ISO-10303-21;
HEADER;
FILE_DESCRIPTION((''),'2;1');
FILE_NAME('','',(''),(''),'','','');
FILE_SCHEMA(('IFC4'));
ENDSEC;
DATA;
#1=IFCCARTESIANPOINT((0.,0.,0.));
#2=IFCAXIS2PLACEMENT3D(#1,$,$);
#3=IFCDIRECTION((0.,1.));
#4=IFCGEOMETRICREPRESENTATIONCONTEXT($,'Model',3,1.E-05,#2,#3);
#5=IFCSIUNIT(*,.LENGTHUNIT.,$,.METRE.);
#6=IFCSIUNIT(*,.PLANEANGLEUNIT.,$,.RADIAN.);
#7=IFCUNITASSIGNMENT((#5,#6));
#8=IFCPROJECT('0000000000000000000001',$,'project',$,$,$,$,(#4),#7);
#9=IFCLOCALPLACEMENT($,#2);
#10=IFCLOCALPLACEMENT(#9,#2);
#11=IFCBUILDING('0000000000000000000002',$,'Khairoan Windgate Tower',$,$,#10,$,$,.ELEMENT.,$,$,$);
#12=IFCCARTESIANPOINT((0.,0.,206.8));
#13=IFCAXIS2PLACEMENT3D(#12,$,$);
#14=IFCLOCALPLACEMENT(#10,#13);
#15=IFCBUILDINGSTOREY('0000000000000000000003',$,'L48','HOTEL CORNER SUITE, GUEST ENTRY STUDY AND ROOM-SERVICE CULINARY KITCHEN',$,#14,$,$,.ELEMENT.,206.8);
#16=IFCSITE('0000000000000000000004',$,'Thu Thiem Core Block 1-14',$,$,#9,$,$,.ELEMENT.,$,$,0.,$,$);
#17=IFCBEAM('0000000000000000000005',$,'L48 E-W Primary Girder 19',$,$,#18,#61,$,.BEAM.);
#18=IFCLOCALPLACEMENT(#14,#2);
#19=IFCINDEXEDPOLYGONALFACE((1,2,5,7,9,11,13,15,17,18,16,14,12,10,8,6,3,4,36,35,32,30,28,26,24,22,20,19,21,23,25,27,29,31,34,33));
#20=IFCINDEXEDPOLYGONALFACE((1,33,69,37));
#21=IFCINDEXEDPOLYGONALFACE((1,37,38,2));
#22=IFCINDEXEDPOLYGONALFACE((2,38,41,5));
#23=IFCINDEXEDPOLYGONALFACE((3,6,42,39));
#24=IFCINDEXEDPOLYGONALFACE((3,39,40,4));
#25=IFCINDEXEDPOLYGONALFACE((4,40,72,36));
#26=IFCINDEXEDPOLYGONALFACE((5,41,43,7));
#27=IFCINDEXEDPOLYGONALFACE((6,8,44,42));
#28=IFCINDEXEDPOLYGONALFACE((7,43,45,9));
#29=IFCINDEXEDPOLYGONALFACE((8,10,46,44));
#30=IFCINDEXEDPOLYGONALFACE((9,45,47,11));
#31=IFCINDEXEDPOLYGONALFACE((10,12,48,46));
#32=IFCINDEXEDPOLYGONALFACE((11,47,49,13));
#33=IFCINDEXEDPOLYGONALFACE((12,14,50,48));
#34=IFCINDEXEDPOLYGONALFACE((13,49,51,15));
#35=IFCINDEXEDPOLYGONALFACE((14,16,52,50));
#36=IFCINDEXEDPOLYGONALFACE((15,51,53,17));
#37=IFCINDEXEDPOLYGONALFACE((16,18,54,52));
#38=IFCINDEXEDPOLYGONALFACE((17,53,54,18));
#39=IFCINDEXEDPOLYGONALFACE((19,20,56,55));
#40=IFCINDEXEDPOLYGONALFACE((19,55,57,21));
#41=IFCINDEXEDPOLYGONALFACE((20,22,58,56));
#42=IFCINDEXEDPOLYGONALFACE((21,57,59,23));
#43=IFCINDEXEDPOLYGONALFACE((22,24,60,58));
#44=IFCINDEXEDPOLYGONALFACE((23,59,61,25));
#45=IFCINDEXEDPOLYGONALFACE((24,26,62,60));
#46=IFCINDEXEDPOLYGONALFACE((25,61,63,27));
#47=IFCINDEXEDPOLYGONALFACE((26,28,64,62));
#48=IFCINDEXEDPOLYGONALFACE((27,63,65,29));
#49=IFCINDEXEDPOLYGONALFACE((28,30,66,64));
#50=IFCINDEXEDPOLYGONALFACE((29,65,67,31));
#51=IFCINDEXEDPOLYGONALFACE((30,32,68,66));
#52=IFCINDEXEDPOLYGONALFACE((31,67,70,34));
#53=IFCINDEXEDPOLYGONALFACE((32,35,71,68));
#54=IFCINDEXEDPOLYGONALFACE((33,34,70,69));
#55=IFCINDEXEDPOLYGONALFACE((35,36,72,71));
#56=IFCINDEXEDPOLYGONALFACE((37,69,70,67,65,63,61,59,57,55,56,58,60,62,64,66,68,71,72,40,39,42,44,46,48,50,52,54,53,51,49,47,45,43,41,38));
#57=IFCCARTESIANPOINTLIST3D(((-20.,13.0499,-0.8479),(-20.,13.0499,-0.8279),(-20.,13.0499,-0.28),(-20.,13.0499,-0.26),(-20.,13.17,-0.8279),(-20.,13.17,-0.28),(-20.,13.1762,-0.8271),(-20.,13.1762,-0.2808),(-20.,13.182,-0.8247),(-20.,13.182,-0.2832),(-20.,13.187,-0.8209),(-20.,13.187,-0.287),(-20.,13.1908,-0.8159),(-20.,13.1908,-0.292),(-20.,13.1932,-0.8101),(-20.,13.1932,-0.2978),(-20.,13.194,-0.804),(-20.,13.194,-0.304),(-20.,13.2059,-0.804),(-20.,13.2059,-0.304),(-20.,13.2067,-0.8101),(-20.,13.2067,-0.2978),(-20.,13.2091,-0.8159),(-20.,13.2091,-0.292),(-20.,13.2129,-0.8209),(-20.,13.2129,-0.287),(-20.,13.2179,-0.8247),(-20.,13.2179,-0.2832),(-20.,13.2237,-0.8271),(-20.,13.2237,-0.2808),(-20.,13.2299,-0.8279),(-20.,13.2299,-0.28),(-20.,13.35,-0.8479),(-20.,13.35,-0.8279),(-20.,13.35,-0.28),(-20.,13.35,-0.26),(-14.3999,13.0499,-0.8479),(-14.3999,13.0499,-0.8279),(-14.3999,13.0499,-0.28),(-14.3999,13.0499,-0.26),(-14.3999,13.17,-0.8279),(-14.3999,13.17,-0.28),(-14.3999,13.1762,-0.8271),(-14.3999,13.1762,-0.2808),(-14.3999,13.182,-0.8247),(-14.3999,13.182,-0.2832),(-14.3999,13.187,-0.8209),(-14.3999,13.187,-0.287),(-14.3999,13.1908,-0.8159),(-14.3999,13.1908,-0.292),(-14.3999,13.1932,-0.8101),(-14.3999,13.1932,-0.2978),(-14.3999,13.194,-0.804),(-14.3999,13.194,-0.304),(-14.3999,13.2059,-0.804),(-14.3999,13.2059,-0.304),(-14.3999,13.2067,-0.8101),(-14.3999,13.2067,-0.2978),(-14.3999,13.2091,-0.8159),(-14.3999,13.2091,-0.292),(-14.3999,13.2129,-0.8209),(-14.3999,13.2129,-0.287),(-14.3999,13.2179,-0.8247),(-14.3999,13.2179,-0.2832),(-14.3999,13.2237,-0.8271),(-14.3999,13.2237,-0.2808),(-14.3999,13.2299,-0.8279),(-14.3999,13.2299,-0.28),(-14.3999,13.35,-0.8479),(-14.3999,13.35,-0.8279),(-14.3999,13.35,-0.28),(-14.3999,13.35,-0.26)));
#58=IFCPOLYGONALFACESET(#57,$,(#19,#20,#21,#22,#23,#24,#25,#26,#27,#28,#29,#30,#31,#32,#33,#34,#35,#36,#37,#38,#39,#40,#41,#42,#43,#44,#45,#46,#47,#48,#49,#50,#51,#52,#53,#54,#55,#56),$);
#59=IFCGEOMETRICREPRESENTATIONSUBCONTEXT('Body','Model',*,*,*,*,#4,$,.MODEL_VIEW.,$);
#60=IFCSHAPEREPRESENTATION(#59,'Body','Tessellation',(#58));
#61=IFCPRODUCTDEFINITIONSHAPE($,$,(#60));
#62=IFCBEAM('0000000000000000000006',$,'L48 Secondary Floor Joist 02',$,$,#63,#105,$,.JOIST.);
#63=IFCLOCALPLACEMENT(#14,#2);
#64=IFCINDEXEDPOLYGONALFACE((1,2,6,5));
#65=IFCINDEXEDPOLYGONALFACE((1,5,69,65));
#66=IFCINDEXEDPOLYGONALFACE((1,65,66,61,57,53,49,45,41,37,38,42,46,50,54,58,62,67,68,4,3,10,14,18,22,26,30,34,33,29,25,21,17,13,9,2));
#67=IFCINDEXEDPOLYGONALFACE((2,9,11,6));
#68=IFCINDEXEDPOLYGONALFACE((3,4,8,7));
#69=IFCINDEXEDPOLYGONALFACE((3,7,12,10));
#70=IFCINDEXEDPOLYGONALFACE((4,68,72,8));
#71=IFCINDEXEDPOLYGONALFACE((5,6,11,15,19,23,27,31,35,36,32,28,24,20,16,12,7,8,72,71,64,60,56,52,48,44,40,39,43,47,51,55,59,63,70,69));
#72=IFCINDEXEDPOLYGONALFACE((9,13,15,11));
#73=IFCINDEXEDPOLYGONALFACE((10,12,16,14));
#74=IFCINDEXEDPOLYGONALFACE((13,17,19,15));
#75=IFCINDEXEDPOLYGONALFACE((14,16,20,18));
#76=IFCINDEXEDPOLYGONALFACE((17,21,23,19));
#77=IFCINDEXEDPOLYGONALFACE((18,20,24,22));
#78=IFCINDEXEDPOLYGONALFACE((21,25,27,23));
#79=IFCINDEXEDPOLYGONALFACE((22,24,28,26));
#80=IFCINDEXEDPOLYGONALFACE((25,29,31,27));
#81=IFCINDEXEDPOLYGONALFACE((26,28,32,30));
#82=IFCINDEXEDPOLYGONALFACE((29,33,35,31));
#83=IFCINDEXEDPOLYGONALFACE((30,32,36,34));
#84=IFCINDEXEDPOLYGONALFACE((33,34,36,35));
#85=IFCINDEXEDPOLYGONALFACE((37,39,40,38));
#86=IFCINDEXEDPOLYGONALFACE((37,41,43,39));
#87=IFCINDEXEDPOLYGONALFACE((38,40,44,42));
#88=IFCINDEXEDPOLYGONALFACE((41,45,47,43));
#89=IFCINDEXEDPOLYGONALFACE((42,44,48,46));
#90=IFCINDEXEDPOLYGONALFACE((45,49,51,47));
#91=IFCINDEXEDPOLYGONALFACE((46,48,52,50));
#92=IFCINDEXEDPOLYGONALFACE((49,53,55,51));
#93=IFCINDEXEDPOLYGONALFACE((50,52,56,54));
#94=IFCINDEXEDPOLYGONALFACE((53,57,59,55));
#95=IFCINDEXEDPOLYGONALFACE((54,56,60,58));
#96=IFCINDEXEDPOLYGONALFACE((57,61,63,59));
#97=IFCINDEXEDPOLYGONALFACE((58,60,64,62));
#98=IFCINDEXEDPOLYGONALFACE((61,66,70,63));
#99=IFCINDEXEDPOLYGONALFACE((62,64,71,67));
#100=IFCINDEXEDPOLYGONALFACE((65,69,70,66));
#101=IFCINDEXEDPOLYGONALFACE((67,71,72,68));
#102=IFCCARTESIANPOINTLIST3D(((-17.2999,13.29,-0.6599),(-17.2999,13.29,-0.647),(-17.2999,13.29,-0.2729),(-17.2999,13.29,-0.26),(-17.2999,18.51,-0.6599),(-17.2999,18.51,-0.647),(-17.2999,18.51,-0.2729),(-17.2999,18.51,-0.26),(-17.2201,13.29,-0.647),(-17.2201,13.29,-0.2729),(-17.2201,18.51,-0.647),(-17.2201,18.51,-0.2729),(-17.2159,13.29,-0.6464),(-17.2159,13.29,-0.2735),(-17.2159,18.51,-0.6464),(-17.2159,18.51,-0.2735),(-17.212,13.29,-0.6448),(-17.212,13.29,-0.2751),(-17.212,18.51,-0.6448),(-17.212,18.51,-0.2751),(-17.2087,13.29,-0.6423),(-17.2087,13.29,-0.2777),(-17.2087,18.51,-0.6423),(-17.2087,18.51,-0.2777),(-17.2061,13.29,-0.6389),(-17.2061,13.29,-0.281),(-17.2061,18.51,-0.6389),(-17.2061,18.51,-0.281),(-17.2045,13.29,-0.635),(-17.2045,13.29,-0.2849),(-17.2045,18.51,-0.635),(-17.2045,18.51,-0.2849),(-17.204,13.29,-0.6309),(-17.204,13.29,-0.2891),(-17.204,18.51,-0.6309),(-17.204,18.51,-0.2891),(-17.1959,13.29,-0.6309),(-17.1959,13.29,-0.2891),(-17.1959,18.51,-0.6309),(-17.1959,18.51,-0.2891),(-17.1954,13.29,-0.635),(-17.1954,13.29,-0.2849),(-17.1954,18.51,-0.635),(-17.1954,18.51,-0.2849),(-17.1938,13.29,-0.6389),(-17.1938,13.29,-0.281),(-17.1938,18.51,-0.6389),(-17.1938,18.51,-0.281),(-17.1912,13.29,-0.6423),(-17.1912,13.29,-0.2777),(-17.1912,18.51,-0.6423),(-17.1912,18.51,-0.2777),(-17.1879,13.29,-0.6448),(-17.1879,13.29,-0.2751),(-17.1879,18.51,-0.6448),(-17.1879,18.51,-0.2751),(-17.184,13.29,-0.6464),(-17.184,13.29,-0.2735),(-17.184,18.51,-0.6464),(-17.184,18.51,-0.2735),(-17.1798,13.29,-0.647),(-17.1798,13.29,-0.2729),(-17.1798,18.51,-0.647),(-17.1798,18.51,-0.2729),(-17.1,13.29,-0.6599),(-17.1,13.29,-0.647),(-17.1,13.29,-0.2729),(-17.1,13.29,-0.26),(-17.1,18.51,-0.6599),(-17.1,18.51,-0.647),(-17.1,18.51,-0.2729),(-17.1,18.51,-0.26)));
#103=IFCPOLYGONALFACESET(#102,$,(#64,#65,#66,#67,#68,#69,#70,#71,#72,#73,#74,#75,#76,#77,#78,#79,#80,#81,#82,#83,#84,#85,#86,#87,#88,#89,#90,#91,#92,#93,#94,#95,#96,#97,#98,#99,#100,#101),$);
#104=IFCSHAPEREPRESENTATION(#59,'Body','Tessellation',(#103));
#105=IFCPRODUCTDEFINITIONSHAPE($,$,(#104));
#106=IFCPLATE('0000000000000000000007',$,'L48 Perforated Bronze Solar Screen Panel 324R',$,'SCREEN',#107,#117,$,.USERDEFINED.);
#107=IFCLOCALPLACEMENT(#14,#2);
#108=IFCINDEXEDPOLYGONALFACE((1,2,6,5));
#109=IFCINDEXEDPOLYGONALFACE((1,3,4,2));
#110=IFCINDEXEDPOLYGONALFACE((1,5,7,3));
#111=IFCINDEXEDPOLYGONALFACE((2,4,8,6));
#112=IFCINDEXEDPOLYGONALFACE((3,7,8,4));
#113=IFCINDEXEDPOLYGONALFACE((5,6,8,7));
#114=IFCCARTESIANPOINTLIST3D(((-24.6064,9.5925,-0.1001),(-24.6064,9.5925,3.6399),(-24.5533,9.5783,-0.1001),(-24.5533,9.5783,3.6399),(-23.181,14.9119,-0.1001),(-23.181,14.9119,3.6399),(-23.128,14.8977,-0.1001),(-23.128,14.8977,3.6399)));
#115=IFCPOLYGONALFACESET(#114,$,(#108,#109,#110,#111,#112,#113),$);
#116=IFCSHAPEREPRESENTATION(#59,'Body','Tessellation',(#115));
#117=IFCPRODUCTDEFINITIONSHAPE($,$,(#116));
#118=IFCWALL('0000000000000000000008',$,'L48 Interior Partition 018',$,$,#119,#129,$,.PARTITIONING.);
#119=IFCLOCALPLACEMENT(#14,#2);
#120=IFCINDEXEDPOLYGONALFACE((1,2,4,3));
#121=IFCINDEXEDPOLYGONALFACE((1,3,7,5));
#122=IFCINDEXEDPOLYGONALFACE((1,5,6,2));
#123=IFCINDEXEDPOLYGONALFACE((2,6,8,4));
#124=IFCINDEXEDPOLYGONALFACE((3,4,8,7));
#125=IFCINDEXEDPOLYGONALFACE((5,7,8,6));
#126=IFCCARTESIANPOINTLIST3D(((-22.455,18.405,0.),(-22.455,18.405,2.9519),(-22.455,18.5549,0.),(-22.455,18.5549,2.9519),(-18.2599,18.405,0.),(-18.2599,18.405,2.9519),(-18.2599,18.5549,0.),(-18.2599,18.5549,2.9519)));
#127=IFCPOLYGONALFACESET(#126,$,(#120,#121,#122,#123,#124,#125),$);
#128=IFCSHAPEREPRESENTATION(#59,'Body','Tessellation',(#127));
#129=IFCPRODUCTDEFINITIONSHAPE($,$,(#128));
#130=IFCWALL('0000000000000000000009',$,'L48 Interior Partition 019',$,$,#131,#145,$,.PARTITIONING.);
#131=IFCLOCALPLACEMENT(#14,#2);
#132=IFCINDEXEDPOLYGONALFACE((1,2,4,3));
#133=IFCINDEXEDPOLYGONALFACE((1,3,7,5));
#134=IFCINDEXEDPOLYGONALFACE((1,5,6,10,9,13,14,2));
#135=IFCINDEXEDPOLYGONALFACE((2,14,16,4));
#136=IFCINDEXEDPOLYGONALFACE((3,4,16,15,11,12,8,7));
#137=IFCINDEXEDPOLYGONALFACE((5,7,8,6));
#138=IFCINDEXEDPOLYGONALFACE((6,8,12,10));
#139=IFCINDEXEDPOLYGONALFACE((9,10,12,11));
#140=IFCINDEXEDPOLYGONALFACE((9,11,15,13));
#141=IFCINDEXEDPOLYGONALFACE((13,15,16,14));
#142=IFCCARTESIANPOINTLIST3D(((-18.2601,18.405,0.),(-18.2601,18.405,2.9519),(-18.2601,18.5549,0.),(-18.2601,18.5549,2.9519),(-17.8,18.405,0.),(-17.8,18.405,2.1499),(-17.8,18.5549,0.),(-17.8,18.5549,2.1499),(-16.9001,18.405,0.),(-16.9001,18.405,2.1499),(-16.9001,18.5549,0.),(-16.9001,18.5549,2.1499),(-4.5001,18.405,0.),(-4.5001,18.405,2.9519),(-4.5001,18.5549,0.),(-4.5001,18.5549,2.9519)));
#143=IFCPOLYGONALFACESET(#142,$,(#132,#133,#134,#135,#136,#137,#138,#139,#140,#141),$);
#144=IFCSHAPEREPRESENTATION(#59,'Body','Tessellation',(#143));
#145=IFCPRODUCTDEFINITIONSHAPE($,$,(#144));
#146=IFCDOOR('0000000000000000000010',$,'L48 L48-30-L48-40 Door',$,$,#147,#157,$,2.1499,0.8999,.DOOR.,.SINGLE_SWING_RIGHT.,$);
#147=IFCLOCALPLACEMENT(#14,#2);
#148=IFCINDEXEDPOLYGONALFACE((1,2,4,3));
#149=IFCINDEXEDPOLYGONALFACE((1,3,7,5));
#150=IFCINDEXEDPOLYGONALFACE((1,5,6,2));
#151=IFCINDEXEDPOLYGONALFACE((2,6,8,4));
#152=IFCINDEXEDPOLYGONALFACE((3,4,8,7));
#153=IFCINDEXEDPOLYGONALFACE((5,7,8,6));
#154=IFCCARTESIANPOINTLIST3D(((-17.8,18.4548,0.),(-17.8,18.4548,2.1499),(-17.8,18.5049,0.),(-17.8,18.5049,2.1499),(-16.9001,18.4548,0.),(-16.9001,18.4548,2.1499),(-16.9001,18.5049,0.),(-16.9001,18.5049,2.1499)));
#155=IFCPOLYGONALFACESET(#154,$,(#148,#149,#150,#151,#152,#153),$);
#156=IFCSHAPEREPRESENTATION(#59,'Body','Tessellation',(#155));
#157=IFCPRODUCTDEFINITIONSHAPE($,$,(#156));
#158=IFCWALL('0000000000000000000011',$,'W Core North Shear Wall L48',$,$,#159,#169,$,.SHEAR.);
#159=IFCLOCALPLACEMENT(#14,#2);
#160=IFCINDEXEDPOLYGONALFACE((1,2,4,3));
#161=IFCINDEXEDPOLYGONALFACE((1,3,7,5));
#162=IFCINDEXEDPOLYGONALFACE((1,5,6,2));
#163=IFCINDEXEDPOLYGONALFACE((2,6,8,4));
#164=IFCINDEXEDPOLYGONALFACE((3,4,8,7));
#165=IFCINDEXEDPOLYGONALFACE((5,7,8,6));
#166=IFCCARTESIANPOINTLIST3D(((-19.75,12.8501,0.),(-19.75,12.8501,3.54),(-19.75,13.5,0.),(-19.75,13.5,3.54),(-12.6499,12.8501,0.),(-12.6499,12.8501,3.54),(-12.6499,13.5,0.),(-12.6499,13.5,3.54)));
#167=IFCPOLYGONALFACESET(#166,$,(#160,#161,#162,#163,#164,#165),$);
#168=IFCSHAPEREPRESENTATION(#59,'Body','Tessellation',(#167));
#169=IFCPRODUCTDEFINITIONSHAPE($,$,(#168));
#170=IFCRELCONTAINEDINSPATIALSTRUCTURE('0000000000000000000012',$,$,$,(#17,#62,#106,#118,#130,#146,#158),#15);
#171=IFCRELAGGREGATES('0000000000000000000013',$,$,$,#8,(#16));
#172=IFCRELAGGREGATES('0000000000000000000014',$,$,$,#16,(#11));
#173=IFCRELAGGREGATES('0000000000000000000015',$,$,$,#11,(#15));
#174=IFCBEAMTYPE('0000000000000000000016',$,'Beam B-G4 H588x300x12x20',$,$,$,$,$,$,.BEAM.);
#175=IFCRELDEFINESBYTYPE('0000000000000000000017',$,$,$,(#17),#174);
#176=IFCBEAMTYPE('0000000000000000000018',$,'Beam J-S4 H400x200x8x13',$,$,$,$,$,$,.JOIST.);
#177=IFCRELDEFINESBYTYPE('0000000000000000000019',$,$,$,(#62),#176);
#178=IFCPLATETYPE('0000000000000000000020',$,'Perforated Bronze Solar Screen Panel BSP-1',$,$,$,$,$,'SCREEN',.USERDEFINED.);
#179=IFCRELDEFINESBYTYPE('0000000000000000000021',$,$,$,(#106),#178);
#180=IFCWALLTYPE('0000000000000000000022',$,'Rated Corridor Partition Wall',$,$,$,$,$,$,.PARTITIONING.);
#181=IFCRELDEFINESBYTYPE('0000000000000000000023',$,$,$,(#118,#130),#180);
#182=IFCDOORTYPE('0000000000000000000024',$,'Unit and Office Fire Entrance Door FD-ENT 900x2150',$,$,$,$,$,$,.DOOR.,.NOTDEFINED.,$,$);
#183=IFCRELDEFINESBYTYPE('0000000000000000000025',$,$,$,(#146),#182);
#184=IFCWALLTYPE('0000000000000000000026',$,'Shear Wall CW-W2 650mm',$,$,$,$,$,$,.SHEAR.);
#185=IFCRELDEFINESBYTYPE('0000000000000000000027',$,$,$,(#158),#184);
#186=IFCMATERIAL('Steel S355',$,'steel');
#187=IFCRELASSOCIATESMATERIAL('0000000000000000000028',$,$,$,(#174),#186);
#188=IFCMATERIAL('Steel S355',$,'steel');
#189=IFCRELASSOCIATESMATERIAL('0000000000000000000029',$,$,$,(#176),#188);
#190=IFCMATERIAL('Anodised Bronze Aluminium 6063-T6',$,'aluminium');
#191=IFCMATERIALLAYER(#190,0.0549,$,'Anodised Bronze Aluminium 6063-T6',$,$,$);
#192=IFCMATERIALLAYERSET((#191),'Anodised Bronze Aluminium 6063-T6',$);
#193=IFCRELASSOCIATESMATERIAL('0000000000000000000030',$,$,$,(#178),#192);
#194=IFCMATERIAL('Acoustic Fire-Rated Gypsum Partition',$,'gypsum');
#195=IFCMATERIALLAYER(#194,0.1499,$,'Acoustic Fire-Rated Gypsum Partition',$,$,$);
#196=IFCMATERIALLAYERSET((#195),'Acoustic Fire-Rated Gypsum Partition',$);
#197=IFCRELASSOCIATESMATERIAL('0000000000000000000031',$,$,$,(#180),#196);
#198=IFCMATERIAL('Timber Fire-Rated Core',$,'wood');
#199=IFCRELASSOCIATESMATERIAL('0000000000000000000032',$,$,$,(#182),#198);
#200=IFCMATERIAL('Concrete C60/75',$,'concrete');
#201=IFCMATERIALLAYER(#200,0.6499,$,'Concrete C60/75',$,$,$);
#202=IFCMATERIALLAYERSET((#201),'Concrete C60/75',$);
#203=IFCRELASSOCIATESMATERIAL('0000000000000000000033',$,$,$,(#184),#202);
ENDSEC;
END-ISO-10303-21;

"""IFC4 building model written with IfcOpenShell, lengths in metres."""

from ifc_helpers import new_model, si_unit, direction, frame, frame_2d, origin, origin_2d, place, context, subcontext, project, spatial, rectangle, i_section, extrude, material, layer, layer_set, material_profile, profile_set, type_object, element, fill, save


model = new_model("IFC4")

# Units and contexts
model_context = context("Model", 3, precision=1e-05, world=origin(), true_north=direction((0.0, 1.0)))
body_context = subcontext(model_context, "Body", "Model", "MODEL_VIEW")
ifc_project = project(units=[si_unit("LENGTHUNIT", "METRE"), si_unit("PLANEANGLEUNIT", "RADIAN")], contexts=[model_context])

# Site, building, storey
site_placement = place(None, origin())
site = spatial("IfcSite", under=ifc_project, at=site_placement, Name="Thu Thiem Core Block 1-14", CompositionType="ELEMENT", RefElevation=0.0)
building_placement = place(site_placement, origin())
building = spatial("IfcBuilding", under=site, at=building_placement, Name="Khairoan Windgate Tower", CompositionType="ELEMENT")
storey_placement = place(building_placement, frame((0.0, 0.0, 206.8)))
storey = spatial("IfcBuildingStorey", under=building, at=storey_placement, Name="L48", Description="HOTEL CORNER SUITE, GUEST ENTRY STUDY AND ROOM-SERVICE CULINARY KITCHEN", CompositionType="ELEMENT", Elevation=206.8)

# Beams
ifc_material_1 = material(Name="Steel S355", Category="steel")
ifc_material_profile_1 = material_profile(ifc_material_1, i_section(OverallWidth=0.3, OverallDepth=0.5879, WebThickness=0.012, FlangeThickness=0.02, FilletRadius=0.0239, at=origin_2d()))
ifc_profile_set_1 = profile_set([ifc_material_profile_1], Name="Steel S355")
beam_type_1 = type_object("IfcBeamType", Name="Beam B-G4 H588x300x12x20", PredefinedType="BEAM", material=ifc_profile_set_1)
beam_1_placement = place(storey_placement, frame((-20.0, 13.2, -0.554), z_axis=(1.0, 0.0, 0.0), x_axis=(0.0, 1.0, 0.0)))
element("IfcBeam", 1, at=beam_1_placement, inside=storey, type_object=beam_type_1, Name="L48 E-W Primary Girder 19", PredefinedType="BEAM", context=body_context, shape_type="SweptSolid", body=[
    extrude(i_section(OverallWidth=0.3, OverallDepth=0.5879, WebThickness=0.012, FlangeThickness=0.02, FilletRadius=0.0239, at=origin_2d()), origin(), (0.0, 0.0, 1.0), 5.6001),
])
ifc_material_2 = material(Name="Steel S355", Category="steel")
ifc_material_profile_2 = material_profile(ifc_material_2, i_section(OverallWidth=0.2, OverallDepth=0.3999, WebThickness=0.0081, FlangeThickness=0.0129, FilletRadius=0.0161, at=origin_2d()))
ifc_profile_set_2 = profile_set([ifc_material_profile_2], Name="Steel S355")
beam_type_2 = type_object("IfcBeamType", Name="Beam J-S4 H400x200x8x13", PredefinedType="JOIST", material=ifc_profile_set_2)
beam_2_placement = place(storey_placement, frame((-17.2, 13.29, -0.46), z_axis=(0.0, 1.0, 0.0), x_axis=(-1.0, 0.0, 0.0)))
element("IfcBeam", 2, at=beam_2_placement, inside=storey, type_object=beam_type_2, Name="L48 Secondary Floor Joist 02", PredefinedType="JOIST", context=body_context, shape_type="SweptSolid", body=[
    extrude(i_section(OverallWidth=0.2, OverallDepth=0.3999, WebThickness=0.0081, FlangeThickness=0.0129, FilletRadius=0.0161, at=origin_2d()), origin(), (0.0, 0.0, 1.0), 5.22),
])

# Plate
ifc_material_3 = material(Name="Anodised Bronze Aluminium 6063-T6", Category="aluminium")
ifc_layer_1 = layer(ifc_material_3, 0.0549, Name="Anodised Bronze Aluminium 6063-T6")
ifc_layer_set_1 = layer_set([ifc_layer_1], Name="Anodised Bronze Aluminium 6063-T6")
plate_type = type_object("IfcPlateType", Name="Perforated Bronze Solar Screen Panel BSP-1", ElementType="SCREEN", PredefinedType="USERDEFINED", material=ifc_layer_set_1)
plate_placement = place(storey_placement, frame((-23.8672, 12.2451, -0.1001), z_axis=(0.0, 0.0, 1.0), x_axis=(0.258819, 0.965926, 0.0)))
element("IfcPlate", 3, at=plate_placement, inside=storey, type_object=plate_type, Name="L48 Perforated Bronze Solar Screen Panel 324R", ObjectType="SCREEN", PredefinedType="USERDEFINED", context=body_context, shape_type="SweptSolid", body=[
    extrude(rectangle(XDim=5.5071, YDim=0.0549, at=origin_2d()), origin(), (0.0, 0.0, 1.0), 3.74),
])

# Wall
ifc_material_4 = material(Name="Acoustic Fire-Rated Gypsum Partition", Category="gypsum")
ifc_layer_2 = layer(ifc_material_4, 0.1499, Name="Acoustic Fire-Rated Gypsum Partition")
ifc_layer_set_2 = layer_set([ifc_layer_2], Name="Acoustic Fire-Rated Gypsum Partition")
wall_type_1 = type_object("IfcWallType", Name="Rated Corridor Partition Wall", PredefinedType="PARTITIONING", material=ifc_layer_set_2)
wall_1_placement = place(storey_placement, frame((-22.4551, 18.48, 0.0), z_axis=(0.0, 0.0, 1.0), x_axis=(1.0, 0.0, 0.0)))
element("IfcWall", 4, at=wall_1_placement, inside=storey, type_object=wall_type_1, Name="L48 Interior Partition 018", PredefinedType="PARTITIONING", context=body_context, shape_type="SweptSolid", body=[
    extrude(rectangle(XDim=4.1951, YDim=0.1499, at=frame_2d((2.0977, 0.0))), origin(), (0.0, 0.0, 1.0), 2.9519),
])

# Wall, opening, door
wall_2_placement = place(storey_placement, frame((-18.26, 18.48, 0.0), z_axis=(0.0, 0.0, 1.0), x_axis=(1.0, 0.0, 0.0)))
wall_2 = element("IfcWall", 5, at=wall_2_placement, inside=storey, type_object=wall_type_1, Name="L48 Interior Partition 019", PredefinedType="PARTITIONING", context=body_context, shape_type="SweptSolid", body=[
    extrude(rectangle(XDim=13.76, YDim=0.1499, at=frame_2d((6.8799, 0.0))), origin(), (0.0, 0.0, 1.0), 2.9519),
])
opening_1_placement = place(wall_2_placement, frame((0.46, 0.0, 0.0)))
opening_1 = element("IfcOpeningElement", 6, at=opening_1_placement, cuts=wall_2, PredefinedType="OPENING", context=body_context, shape_type="SweptSolid", body=[
    extrude(rectangle(XDim=0.8999, YDim=2.1499, at=frame_2d((0.45, 1.075))), frame((0.0, 0.085, 0.0), z_axis=(0.0, -1.0, 0.0), x_axis=(1.0, 0.0, 0.0)), (0.0, 0.0, 1.0), 0.1699),
])
ifc_material_5 = material(Name="Timber Fire-Rated Core", Category="wood")
door_type = type_object("IfcDoorType", Name="Unit and Office Fire Entrance Door FD-ENT 900x2150", OperationType="NOTDEFINED", PredefinedType="DOOR", material=ifc_material_5)
door_1_placement = place(opening_1_placement, origin())
door_1 = element("IfcDoor", 7, at=door_1_placement, inside=storey, type_object=door_type, Name="L48 L48-30-L48-40 Door", OperationType="SINGLE_SWING_RIGHT", OverallHeight=2.1499, OverallWidth=0.8999, PredefinedType="DOOR", context=body_context, shape_type="SweptSolid", body=[
    extrude(rectangle(XDim=0.8999, YDim=2.1499, at=frame_2d((0.45, 1.075))), frame((0.0, 0.0249, 0.0), z_axis=(0.0, -1.0, 0.0), x_axis=(1.0, 0.0, 0.0)), (0.0, 0.0, 1.0), 0.05),
])
fill(opening_1, door_1)

# Wall
ifc_material_6 = material(Name="Concrete C60/75", Category="concrete")
ifc_layer_3 = layer(ifc_material_6, 0.6499, Name="Concrete C60/75")
ifc_layer_set_3 = layer_set([ifc_layer_3], Name="Concrete C60/75")
wall_type_2 = type_object("IfcWallType", Name="Shear Wall CW-W2 650mm", PredefinedType="SHEAR", material=ifc_layer_set_3)
wall_3_placement = place(storey_placement, frame((-19.75, 13.175, 0.0), z_axis=(0.0, 0.0, 1.0), x_axis=(1.0, 0.0, 0.0)))
element("IfcWall", 8, at=wall_3_placement, inside=storey, type_object=wall_type_2, Name="W Core North Shear Wall L48", PredefinedType="SHEAR", context=body_context, shape_type="SweptSolid", body=[
    extrude(rectangle(XDim=7.1001, YDim=0.6499, at=frame_2d((3.55, 0.0))), origin(), (0.0, 0.0, 1.0), 3.54),
])

save(model, "model.ifc")
